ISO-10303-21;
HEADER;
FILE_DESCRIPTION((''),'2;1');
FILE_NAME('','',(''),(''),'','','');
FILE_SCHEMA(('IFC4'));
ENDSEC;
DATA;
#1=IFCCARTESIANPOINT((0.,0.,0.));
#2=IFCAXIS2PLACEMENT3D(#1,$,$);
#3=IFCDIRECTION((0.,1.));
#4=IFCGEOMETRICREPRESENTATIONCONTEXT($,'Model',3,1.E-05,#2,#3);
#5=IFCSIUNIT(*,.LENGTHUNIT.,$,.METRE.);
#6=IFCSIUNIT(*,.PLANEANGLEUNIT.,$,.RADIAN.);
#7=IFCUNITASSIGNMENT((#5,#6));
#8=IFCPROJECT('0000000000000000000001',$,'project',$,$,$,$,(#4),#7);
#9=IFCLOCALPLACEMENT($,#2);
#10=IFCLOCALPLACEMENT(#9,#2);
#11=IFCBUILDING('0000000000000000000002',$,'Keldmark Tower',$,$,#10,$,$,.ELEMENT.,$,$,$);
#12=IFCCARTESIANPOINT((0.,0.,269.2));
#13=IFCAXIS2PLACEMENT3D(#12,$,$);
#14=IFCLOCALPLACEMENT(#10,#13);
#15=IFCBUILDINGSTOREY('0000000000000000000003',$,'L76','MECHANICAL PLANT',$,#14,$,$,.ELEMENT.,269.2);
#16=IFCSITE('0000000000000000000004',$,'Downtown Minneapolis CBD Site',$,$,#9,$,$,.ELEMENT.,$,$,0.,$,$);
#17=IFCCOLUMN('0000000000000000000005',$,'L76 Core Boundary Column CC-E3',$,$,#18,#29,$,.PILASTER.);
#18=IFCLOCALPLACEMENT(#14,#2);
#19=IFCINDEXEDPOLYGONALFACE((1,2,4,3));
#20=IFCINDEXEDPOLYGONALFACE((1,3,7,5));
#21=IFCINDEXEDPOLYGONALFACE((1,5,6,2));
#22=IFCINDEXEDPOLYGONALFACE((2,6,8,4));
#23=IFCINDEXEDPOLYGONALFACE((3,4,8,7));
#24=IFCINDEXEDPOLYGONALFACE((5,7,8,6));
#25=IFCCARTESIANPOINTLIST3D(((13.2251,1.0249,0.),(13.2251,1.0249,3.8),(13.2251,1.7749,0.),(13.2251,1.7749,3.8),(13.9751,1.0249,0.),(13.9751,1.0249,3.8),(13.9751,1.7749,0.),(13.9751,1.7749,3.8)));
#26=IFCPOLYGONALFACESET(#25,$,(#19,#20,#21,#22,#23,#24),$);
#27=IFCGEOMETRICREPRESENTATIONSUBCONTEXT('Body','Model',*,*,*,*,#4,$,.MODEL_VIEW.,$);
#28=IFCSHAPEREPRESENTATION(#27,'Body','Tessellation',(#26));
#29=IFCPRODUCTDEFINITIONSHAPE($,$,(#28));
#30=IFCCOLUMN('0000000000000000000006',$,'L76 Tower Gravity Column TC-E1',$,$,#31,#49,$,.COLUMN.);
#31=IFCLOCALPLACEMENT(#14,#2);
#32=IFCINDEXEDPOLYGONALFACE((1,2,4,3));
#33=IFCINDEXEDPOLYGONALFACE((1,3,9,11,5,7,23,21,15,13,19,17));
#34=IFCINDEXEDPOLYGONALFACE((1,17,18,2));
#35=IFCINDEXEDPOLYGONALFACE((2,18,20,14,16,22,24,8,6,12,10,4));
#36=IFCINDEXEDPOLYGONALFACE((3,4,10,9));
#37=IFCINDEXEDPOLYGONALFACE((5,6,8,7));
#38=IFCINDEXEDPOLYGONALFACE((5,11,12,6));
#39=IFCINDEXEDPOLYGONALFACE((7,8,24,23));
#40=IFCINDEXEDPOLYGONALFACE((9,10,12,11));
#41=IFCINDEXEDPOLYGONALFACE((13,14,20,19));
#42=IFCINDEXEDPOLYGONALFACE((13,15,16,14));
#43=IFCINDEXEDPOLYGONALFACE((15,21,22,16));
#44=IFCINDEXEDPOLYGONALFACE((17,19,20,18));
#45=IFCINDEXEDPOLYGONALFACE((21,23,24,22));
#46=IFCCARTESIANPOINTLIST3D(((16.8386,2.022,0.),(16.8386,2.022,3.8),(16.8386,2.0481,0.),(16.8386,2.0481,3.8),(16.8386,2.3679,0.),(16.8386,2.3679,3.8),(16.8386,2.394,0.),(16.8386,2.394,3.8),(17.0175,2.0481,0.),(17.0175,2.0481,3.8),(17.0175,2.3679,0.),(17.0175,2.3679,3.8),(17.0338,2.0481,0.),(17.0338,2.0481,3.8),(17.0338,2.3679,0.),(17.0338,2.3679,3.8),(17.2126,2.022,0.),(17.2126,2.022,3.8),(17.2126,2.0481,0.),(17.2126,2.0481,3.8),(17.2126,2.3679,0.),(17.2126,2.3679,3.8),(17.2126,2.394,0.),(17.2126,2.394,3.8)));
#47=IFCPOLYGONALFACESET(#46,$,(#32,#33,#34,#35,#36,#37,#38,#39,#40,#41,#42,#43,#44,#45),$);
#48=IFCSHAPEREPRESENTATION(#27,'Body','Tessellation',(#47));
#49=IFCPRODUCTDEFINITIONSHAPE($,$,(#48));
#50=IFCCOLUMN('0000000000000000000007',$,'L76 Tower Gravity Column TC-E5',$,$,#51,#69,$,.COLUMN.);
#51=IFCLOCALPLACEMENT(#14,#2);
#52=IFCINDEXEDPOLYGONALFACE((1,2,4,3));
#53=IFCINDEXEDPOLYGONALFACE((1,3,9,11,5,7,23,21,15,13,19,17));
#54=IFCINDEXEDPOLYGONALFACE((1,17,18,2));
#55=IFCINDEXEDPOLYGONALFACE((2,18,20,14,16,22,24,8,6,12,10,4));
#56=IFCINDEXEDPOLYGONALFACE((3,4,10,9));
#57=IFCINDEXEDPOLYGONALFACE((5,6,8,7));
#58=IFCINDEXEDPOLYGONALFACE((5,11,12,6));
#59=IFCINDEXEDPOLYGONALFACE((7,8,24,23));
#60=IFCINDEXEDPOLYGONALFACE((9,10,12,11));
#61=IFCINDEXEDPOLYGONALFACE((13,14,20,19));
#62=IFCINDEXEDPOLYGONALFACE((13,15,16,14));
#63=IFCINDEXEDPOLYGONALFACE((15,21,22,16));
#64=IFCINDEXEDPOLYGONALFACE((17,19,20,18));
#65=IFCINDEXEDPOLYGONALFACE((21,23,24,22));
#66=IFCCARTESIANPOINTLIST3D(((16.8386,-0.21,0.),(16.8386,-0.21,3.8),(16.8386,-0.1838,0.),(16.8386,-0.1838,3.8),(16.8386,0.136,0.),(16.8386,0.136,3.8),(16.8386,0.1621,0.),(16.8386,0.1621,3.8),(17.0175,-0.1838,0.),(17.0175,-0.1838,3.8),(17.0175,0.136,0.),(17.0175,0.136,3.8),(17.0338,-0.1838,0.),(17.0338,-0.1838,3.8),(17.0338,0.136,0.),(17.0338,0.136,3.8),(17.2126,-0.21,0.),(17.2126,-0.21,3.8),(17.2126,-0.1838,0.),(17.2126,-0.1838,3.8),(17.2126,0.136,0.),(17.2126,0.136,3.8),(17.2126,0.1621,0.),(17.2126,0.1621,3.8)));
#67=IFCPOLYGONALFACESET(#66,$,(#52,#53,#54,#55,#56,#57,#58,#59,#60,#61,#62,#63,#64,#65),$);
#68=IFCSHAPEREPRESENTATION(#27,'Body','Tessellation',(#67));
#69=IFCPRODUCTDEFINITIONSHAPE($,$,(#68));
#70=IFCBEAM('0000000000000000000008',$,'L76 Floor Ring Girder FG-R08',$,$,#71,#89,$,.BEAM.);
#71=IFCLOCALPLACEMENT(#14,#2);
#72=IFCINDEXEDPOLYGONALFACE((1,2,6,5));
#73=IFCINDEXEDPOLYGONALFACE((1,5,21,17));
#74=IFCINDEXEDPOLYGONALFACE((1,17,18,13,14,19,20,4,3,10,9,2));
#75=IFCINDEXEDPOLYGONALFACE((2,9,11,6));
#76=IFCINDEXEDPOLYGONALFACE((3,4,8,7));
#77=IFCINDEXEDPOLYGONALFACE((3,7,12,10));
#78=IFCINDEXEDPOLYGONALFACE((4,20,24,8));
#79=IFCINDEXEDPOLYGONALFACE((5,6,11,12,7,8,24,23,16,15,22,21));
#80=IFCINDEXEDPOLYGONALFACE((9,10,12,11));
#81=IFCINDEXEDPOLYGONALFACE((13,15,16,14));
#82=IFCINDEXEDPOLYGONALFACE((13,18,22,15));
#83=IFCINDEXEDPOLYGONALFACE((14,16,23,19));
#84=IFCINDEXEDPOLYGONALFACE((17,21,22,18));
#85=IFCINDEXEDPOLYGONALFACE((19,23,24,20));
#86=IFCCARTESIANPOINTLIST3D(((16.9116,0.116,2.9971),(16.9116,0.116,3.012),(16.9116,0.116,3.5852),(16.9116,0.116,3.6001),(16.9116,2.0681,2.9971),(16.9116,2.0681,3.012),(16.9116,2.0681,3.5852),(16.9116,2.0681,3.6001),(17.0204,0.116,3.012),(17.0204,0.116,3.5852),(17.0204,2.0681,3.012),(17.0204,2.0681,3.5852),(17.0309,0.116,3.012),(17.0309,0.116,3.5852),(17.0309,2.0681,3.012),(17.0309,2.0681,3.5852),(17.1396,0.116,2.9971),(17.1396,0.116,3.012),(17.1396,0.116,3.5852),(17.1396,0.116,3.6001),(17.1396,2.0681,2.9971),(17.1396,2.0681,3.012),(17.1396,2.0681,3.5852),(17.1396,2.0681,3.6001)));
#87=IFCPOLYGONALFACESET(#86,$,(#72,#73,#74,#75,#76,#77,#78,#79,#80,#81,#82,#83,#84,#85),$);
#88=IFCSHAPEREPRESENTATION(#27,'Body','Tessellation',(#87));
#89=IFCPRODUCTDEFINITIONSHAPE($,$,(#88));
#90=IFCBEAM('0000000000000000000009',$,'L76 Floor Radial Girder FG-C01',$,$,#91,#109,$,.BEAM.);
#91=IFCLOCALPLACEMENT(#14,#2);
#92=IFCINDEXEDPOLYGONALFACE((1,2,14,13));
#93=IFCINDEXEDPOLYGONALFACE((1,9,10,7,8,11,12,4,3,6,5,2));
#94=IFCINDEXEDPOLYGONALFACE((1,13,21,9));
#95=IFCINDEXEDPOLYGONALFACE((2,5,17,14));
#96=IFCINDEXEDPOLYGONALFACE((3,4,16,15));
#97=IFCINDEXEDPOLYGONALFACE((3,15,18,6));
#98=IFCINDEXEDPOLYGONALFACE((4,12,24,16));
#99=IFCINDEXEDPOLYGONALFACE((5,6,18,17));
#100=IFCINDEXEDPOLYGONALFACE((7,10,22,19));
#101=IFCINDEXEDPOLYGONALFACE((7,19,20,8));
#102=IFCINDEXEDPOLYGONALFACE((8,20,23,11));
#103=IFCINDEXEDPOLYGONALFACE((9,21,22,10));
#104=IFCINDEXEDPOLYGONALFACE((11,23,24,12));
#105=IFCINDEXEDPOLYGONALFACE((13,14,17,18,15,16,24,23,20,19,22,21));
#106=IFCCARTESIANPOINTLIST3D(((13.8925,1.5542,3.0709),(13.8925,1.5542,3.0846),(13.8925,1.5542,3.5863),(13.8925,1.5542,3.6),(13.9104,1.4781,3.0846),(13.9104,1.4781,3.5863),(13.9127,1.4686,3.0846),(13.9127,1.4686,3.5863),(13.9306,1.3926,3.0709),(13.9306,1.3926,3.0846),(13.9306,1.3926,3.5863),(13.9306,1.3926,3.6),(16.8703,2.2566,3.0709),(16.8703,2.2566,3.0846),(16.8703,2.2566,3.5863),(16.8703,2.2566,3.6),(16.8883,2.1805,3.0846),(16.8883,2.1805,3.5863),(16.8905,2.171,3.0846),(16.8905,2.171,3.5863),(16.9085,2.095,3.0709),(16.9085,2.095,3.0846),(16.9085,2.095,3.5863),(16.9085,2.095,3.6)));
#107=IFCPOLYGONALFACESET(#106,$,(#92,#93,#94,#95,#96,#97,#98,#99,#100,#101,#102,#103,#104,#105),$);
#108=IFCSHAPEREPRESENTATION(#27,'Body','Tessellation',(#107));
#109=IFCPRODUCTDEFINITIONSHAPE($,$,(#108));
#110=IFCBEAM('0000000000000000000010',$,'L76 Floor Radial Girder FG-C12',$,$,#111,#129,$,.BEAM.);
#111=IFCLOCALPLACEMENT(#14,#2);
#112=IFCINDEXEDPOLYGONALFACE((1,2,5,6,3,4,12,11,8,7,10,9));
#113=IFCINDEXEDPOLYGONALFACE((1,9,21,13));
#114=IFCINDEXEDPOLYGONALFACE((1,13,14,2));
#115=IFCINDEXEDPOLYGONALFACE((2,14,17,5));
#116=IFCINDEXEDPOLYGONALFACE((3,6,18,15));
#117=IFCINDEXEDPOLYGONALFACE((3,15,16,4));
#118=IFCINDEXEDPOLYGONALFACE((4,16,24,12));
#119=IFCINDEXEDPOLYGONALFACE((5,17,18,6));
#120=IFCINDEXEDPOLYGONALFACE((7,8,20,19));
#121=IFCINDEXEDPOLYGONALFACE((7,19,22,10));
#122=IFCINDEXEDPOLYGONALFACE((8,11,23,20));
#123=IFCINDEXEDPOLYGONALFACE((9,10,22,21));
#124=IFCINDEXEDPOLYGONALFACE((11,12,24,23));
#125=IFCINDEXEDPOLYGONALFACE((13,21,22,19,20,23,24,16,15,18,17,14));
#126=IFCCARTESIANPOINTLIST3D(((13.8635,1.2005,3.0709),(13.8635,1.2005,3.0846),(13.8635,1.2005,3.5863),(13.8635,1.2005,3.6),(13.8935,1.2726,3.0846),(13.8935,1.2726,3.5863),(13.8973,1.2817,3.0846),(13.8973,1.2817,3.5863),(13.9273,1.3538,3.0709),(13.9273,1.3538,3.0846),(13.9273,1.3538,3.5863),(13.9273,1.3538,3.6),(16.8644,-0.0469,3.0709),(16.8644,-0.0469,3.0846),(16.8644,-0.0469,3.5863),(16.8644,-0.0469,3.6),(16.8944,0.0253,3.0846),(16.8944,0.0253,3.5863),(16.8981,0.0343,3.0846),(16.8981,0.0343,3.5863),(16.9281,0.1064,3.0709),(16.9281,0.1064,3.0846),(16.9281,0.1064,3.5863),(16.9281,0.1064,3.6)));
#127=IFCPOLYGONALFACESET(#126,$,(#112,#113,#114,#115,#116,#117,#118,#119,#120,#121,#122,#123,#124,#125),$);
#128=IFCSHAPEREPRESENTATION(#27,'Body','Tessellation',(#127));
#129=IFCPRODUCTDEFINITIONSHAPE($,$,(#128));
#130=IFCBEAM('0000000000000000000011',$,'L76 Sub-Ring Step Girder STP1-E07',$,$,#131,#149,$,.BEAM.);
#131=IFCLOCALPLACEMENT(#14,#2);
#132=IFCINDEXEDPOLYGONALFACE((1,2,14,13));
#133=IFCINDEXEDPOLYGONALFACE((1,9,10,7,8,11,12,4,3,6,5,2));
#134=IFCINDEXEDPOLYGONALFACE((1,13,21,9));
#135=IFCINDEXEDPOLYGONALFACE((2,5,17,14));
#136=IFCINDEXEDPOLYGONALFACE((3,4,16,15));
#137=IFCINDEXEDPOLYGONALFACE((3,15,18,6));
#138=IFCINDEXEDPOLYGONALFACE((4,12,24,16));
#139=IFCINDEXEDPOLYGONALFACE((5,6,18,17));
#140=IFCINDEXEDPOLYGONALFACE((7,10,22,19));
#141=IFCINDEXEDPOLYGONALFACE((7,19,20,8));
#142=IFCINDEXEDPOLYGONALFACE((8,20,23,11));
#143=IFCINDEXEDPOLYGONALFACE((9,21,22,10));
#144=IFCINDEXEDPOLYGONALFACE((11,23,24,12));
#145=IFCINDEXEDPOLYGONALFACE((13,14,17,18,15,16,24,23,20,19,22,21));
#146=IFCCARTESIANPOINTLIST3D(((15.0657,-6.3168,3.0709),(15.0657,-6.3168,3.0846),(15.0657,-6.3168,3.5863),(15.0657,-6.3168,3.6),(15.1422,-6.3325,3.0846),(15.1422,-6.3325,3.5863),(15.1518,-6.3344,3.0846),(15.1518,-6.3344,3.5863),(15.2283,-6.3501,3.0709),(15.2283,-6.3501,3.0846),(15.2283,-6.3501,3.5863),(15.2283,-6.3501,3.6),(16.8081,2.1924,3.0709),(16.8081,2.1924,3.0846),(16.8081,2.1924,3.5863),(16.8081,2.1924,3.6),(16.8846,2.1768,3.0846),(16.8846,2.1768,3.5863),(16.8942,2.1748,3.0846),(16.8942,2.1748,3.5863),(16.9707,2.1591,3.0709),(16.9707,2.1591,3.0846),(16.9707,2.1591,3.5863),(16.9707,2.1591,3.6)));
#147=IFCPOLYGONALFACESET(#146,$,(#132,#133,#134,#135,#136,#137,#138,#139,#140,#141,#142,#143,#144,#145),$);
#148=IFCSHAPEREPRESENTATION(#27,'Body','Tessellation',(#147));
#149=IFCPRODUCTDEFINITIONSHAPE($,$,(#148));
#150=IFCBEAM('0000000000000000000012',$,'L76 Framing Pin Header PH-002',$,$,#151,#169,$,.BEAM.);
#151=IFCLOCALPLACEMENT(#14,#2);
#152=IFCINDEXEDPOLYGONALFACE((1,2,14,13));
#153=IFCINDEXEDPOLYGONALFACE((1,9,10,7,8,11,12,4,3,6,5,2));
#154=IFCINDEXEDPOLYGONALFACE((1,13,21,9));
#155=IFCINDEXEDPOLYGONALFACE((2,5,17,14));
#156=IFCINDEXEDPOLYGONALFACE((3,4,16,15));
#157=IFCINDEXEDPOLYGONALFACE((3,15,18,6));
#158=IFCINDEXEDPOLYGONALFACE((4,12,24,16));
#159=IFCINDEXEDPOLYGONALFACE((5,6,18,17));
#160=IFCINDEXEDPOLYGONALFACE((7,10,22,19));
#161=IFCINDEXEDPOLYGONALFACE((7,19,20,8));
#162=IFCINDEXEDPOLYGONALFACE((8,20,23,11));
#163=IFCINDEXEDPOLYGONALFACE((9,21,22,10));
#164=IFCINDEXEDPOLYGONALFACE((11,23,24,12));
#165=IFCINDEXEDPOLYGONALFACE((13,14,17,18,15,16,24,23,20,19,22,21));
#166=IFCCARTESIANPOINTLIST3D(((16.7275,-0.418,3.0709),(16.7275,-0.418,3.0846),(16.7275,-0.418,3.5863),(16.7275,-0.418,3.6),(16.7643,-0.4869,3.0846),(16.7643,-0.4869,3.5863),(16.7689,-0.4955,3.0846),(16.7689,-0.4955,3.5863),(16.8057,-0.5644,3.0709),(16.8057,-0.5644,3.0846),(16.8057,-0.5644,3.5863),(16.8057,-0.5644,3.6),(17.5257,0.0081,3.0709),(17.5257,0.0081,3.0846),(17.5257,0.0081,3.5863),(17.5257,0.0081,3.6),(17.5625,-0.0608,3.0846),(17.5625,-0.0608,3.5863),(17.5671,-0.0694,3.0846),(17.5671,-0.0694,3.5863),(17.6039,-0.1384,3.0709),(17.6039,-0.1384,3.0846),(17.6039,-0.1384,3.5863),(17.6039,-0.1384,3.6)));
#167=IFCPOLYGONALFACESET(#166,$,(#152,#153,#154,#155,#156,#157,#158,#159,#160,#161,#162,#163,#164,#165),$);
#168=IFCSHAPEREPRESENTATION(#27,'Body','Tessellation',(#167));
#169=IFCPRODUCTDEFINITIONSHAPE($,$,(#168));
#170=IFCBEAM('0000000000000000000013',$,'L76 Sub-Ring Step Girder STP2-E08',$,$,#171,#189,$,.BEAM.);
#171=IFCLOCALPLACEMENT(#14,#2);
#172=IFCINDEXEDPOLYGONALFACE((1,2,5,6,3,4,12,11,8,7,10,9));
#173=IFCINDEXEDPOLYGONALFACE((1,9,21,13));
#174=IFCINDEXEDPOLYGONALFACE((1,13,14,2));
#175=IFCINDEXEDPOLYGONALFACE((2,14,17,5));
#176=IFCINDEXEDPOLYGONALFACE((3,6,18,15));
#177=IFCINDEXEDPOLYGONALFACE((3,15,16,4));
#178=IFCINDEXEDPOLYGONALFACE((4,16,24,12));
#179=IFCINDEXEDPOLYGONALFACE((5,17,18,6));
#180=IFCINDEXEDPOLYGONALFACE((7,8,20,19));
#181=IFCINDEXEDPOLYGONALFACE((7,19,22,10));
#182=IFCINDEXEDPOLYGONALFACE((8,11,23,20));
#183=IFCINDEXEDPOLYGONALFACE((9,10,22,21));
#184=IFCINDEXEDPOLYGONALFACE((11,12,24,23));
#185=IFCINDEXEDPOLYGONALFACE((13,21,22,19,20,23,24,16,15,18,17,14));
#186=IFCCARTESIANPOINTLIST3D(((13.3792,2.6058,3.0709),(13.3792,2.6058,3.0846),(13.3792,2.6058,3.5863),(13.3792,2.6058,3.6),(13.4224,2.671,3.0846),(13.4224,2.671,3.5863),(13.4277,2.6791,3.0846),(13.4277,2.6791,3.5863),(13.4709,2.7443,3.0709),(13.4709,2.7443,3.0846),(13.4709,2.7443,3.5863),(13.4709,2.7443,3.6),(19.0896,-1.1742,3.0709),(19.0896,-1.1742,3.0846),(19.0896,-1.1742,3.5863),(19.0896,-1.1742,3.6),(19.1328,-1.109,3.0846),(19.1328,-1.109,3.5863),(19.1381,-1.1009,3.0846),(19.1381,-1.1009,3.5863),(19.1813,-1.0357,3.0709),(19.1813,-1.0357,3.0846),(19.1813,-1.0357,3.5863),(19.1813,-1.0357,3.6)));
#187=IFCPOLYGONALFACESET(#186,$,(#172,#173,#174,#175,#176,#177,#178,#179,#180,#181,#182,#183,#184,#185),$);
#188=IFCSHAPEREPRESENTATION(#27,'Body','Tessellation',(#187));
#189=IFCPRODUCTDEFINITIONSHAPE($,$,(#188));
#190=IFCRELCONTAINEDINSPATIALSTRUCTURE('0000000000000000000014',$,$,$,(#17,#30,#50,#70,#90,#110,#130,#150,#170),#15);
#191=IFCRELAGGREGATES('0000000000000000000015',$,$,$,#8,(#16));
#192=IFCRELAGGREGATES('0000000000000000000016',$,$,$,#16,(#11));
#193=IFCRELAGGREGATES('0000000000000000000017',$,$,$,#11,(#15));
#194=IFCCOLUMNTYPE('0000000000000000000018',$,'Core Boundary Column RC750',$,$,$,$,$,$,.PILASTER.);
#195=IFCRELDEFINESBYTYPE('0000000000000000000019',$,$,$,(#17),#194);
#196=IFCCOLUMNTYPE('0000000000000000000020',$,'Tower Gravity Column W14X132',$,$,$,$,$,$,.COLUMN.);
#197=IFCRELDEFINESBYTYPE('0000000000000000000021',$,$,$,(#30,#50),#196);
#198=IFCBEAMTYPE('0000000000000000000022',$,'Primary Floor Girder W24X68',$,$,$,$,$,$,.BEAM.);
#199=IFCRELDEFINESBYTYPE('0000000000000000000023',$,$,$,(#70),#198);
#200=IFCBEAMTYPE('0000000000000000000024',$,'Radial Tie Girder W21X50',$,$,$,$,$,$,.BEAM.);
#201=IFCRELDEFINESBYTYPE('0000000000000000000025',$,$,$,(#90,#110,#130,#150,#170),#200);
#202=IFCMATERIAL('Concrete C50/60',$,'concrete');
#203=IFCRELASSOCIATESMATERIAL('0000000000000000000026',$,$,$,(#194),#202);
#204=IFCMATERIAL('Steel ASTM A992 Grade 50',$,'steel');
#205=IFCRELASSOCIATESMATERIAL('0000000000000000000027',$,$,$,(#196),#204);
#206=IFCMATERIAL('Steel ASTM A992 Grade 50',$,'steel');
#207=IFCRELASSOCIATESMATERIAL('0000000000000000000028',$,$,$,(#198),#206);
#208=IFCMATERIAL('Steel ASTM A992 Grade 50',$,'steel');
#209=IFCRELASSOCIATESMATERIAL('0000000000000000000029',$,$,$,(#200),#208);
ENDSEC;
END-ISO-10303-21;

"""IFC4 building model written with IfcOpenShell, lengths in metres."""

from ifc_helpers import new_model, si_unit, direction, frame, origin, origin_2d, place, context, subcontext, project, spatial, rectangle, i_section, extrude, material, material_profile, profile_set, type_object, element, save


model = new_model("IFC4")

# Units and contexts
model_context = context("Model", 3, precision=1e-05, world=origin(), true_north=direction((0.0, 1.0)))
body_context = subcontext(model_context, "Body", "Model", "MODEL_VIEW")
ifc_project = project(units=[si_unit("LENGTHUNIT", "METRE"), si_unit("PLANEANGLEUNIT", "RADIAN")], contexts=[model_context])

# Site, building, storey
site_placement = place(None, origin())
site = spatial("IfcSite", under=ifc_project, at=site_placement, Name="Downtown Minneapolis CBD Site", CompositionType="ELEMENT", RefElevation=0.0)
building_placement = place(site_placement, origin())
building = spatial("IfcBuilding", under=site, at=building_placement, Name="Keldmark Tower", CompositionType="ELEMENT")
storey_placement = place(building_placement, frame((0.0, 0.0, 269.2)))
storey = spatial("IfcBuildingStorey", under=building, at=storey_placement, Name="L76", Description="MECHANICAL PLANT", CompositionType="ELEMENT", Elevation=269.2)

# Columns
ifc_material_1 = material(Name="Concrete C50/60", Category="concrete")
ifc_material_profile_1 = material_profile(ifc_material_1, rectangle(XDim=0.75, YDim=0.75, at=origin_2d()), Name="RC750X750")
ifc_profile_set_1 = profile_set([ifc_material_profile_1], Name="Concrete C50/60")
column_type_1 = type_object("IfcColumnType", Name="Core Boundary Column RC750", PredefinedType="PILASTER", material=ifc_profile_set_1)
column_placement = place(storey_placement, frame((13.6001, 1.3999, 0.0), z_axis=(0.0, 0.0, 1.0), x_axis=(1.0, 0.0, 0.0)))
element("IfcColumn", 1, at=column_placement, inside=storey, type_object=column_type_1, Name="L76 Core Boundary Column CC-E3", PredefinedType="PILASTER", context=body_context, shape_type="SweptSolid", body=[
    extrude(rectangle(XDim=0.75, YDim=0.75, at=origin_2d()), origin(), (0.0, 0.0, 1.0), 3.8),
])
ifc_material_2 = material(Name="Steel ASTM A992 Grade 50", Category="steel")
ifc_material_profile_2 = material_profile(ifc_material_2, i_section(OverallWidth=0.374, OverallDepth=0.3721, WebThickness=0.0164, FlangeThickness=0.0261, at=origin_2d()), Name="W14X132")
ifc_profile_set_2 = profile_set([ifc_material_profile_2], Name="Steel ASTM A992 Grade 50")
column_type_2 = type_object("IfcColumnType", Name="Tower Gravity Column W14X132", PredefinedType="COLUMN", material=ifc_profile_set_2)
for number, where, z_axis, x_axis, name in (
    (2, (17.0256, 2.208, 0.0), (0.0, 0.0, 1.0), (1.0, 0.0, 0.0), "L76 Tower Gravity Column TC-E1"),
    (3, (17.0256, -0.0239, 0.0), (0.0, 0.0, 1.0), (1.0, 0.0, 0.0), "L76 Tower Gravity Column TC-E5"),
):
    element("IfcColumn", number, at=place(storey_placement, frame(where, z_axis=z_axis, x_axis=x_axis)), inside=storey, type_object=column_type_2, Name=name, PredefinedType="COLUMN", context=body_context, shape_type="SweptSolid", body=[
        extrude(i_section(OverallWidth=0.374, OverallDepth=0.3721, WebThickness=0.0164, FlangeThickness=0.0261, at=origin_2d()), origin(), (0.0, 0.0, 1.0), 3.8),
    ])

# Beams
ifc_material_3 = material(Name="Steel ASTM A992 Grade 50", Category="steel")
ifc_material_profile_3 = material_profile(ifc_material_3, i_section(OverallWidth=0.228, OverallDepth=0.603, WebThickness=0.0105, FlangeThickness=0.0149, at=origin_2d()), Name="W24X68")
ifc_profile_set_3 = profile_set([ifc_material_profile_3], Name="Steel ASTM A992 Grade 50")
beam_type_1 = type_object("IfcBeamType", Name="Primary Floor Girder W24X68", PredefinedType="BEAM", material=ifc_profile_set_3)
beam_1_placement = place(storey_placement, frame((17.0256, 0.116, 3.2986), z_axis=(0.0, 1.0, 0.0), x_axis=(-1.0, 0.0, 0.0)))
element("IfcBeam", 4, at=beam_1_placement, inside=storey, type_object=beam_type_1, Name="L76 Floor Ring Girder FG-R08", PredefinedType="BEAM", context=body_context, shape_type="SweptSolid", body=[
    extrude(i_section(OverallWidth=0.228, OverallDepth=0.603, WebThickness=0.0105, FlangeThickness=0.0149, at=origin_2d()), origin(), (0.0, 0.0, 1.0), 1.9521),
])
ifc_material_4 = material(Name="Steel ASTM A992 Grade 50", Category="steel")
ifc_material_profile_4 = material_profile(ifc_material_4, i_section(OverallWidth=0.166, OverallDepth=0.5291, WebThickness=0.0098, FlangeThickness=0.0137, at=origin_2d()), Name="W21X50")
ifc_profile_set_4 = profile_set([ifc_material_profile_4], Name="Steel ASTM A992 Grade 50")
beam_type_2 = type_object("IfcBeamType", Name="Radial Tie Girder W21X50", PredefinedType="BEAM", material=ifc_profile_set_4)
beam_2_placement = place(storey_placement, frame((16.8894, 2.1758, 3.3354), z_axis=(-0.97329, -0.229577, 0.0), x_axis=(0.229577, -0.97329, 0.0)))
element("IfcBeam", 5, at=beam_2_placement, inside=storey, type_object=beam_type_2, Name="L76 Floor Radial Girder FG-C01", PredefinedType="BEAM", context=body_context, shape_type="SweptSolid", body=[
    extrude(i_section(OverallWidth=0.166, OverallDepth=0.5291, WebThickness=0.0098, FlangeThickness=0.0137, at=origin_2d()), origin(), (0.0, 0.0, 1.0), 3.0596),
])
beam_3_placement = place(storey_placement, frame((16.8962, 0.0298, 3.3354), z_axis=(-0.923403, 0.383831, 0.0), x_axis=(-0.383831, -0.923403, 0.0)))
element("IfcBeam", 6, at=beam_3_placement, inside=storey, type_object=beam_type_2, Name="L76 Floor Radial Girder FG-C12", PredefinedType="BEAM", context=body_context, shape_type="SweptSolid", body=[
    extrude(i_section(OverallWidth=0.166, OverallDepth=0.5291, WebThickness=0.0098, FlangeThickness=0.0137, at=origin_2d()), origin(), (0.0, 0.0, 1.0), 3.2498),
])
beam_4_placement = place(storey_placement, frame((16.8894, 2.1758, 3.3354), z_axis=(-0.200606, -0.979672, 0.0), x_axis=(0.979672, -0.200606, 0.0)))
element("IfcBeam", 7, at=beam_4_placement, inside=storey, type_object=beam_type_2, Name="L76 Sub-Ring Step Girder STP1-E07", PredefinedType="BEAM", context=body_context, shape_type="SweptSolid", body=[
    extrude(i_section(OverallWidth=0.166, OverallDepth=0.5291, WebThickness=0.0098, FlangeThickness=0.0137, at=origin_2d()), origin(), (0.0, 0.0, 1.0), 8.6858),
])
beam_5_placement = place(storey_placement, frame((16.7666, -0.4912, 3.3354), z_axis=(0.882181, 0.47091, 0.0), x_axis=(-0.47091, 0.882181, 0.0)))
element("IfcBeam", 8, at=beam_5_placement, inside=storey, type_object=beam_type_2, Name="L76 Framing Pin Header PH-002", PredefinedType="BEAM", context=body_context, shape_type="SweptSolid", body=[
    extrude(i_section(OverallWidth=0.166, OverallDepth=0.5291, WebThickness=0.0098, FlangeThickness=0.0137, at=origin_2d()), origin(), (0.0, 0.0, 1.0), 0.9048),
])
beam_6_placement = place(storey_placement, frame((13.425, 2.675, 3.3354), z_axis=(0.833861, -0.551974, 0.0), x_axis=(0.551974, 0.833861, 0.0)))
element("IfcBeam", 9, at=beam_6_placement, inside=storey, type_object=beam_type_2, Name="L76 Sub-Ring Step Girder STP2-E08", PredefinedType="BEAM", context=body_context, shape_type="SweptSolid", body=[
    extrude(i_section(OverallWidth=0.166, OverallDepth=0.5291, WebThickness=0.0098, FlangeThickness=0.0137, at=origin_2d()), origin(), (0.0, 0.0, 1.0), 6.8481),
])

save(model, "model.ifc")
